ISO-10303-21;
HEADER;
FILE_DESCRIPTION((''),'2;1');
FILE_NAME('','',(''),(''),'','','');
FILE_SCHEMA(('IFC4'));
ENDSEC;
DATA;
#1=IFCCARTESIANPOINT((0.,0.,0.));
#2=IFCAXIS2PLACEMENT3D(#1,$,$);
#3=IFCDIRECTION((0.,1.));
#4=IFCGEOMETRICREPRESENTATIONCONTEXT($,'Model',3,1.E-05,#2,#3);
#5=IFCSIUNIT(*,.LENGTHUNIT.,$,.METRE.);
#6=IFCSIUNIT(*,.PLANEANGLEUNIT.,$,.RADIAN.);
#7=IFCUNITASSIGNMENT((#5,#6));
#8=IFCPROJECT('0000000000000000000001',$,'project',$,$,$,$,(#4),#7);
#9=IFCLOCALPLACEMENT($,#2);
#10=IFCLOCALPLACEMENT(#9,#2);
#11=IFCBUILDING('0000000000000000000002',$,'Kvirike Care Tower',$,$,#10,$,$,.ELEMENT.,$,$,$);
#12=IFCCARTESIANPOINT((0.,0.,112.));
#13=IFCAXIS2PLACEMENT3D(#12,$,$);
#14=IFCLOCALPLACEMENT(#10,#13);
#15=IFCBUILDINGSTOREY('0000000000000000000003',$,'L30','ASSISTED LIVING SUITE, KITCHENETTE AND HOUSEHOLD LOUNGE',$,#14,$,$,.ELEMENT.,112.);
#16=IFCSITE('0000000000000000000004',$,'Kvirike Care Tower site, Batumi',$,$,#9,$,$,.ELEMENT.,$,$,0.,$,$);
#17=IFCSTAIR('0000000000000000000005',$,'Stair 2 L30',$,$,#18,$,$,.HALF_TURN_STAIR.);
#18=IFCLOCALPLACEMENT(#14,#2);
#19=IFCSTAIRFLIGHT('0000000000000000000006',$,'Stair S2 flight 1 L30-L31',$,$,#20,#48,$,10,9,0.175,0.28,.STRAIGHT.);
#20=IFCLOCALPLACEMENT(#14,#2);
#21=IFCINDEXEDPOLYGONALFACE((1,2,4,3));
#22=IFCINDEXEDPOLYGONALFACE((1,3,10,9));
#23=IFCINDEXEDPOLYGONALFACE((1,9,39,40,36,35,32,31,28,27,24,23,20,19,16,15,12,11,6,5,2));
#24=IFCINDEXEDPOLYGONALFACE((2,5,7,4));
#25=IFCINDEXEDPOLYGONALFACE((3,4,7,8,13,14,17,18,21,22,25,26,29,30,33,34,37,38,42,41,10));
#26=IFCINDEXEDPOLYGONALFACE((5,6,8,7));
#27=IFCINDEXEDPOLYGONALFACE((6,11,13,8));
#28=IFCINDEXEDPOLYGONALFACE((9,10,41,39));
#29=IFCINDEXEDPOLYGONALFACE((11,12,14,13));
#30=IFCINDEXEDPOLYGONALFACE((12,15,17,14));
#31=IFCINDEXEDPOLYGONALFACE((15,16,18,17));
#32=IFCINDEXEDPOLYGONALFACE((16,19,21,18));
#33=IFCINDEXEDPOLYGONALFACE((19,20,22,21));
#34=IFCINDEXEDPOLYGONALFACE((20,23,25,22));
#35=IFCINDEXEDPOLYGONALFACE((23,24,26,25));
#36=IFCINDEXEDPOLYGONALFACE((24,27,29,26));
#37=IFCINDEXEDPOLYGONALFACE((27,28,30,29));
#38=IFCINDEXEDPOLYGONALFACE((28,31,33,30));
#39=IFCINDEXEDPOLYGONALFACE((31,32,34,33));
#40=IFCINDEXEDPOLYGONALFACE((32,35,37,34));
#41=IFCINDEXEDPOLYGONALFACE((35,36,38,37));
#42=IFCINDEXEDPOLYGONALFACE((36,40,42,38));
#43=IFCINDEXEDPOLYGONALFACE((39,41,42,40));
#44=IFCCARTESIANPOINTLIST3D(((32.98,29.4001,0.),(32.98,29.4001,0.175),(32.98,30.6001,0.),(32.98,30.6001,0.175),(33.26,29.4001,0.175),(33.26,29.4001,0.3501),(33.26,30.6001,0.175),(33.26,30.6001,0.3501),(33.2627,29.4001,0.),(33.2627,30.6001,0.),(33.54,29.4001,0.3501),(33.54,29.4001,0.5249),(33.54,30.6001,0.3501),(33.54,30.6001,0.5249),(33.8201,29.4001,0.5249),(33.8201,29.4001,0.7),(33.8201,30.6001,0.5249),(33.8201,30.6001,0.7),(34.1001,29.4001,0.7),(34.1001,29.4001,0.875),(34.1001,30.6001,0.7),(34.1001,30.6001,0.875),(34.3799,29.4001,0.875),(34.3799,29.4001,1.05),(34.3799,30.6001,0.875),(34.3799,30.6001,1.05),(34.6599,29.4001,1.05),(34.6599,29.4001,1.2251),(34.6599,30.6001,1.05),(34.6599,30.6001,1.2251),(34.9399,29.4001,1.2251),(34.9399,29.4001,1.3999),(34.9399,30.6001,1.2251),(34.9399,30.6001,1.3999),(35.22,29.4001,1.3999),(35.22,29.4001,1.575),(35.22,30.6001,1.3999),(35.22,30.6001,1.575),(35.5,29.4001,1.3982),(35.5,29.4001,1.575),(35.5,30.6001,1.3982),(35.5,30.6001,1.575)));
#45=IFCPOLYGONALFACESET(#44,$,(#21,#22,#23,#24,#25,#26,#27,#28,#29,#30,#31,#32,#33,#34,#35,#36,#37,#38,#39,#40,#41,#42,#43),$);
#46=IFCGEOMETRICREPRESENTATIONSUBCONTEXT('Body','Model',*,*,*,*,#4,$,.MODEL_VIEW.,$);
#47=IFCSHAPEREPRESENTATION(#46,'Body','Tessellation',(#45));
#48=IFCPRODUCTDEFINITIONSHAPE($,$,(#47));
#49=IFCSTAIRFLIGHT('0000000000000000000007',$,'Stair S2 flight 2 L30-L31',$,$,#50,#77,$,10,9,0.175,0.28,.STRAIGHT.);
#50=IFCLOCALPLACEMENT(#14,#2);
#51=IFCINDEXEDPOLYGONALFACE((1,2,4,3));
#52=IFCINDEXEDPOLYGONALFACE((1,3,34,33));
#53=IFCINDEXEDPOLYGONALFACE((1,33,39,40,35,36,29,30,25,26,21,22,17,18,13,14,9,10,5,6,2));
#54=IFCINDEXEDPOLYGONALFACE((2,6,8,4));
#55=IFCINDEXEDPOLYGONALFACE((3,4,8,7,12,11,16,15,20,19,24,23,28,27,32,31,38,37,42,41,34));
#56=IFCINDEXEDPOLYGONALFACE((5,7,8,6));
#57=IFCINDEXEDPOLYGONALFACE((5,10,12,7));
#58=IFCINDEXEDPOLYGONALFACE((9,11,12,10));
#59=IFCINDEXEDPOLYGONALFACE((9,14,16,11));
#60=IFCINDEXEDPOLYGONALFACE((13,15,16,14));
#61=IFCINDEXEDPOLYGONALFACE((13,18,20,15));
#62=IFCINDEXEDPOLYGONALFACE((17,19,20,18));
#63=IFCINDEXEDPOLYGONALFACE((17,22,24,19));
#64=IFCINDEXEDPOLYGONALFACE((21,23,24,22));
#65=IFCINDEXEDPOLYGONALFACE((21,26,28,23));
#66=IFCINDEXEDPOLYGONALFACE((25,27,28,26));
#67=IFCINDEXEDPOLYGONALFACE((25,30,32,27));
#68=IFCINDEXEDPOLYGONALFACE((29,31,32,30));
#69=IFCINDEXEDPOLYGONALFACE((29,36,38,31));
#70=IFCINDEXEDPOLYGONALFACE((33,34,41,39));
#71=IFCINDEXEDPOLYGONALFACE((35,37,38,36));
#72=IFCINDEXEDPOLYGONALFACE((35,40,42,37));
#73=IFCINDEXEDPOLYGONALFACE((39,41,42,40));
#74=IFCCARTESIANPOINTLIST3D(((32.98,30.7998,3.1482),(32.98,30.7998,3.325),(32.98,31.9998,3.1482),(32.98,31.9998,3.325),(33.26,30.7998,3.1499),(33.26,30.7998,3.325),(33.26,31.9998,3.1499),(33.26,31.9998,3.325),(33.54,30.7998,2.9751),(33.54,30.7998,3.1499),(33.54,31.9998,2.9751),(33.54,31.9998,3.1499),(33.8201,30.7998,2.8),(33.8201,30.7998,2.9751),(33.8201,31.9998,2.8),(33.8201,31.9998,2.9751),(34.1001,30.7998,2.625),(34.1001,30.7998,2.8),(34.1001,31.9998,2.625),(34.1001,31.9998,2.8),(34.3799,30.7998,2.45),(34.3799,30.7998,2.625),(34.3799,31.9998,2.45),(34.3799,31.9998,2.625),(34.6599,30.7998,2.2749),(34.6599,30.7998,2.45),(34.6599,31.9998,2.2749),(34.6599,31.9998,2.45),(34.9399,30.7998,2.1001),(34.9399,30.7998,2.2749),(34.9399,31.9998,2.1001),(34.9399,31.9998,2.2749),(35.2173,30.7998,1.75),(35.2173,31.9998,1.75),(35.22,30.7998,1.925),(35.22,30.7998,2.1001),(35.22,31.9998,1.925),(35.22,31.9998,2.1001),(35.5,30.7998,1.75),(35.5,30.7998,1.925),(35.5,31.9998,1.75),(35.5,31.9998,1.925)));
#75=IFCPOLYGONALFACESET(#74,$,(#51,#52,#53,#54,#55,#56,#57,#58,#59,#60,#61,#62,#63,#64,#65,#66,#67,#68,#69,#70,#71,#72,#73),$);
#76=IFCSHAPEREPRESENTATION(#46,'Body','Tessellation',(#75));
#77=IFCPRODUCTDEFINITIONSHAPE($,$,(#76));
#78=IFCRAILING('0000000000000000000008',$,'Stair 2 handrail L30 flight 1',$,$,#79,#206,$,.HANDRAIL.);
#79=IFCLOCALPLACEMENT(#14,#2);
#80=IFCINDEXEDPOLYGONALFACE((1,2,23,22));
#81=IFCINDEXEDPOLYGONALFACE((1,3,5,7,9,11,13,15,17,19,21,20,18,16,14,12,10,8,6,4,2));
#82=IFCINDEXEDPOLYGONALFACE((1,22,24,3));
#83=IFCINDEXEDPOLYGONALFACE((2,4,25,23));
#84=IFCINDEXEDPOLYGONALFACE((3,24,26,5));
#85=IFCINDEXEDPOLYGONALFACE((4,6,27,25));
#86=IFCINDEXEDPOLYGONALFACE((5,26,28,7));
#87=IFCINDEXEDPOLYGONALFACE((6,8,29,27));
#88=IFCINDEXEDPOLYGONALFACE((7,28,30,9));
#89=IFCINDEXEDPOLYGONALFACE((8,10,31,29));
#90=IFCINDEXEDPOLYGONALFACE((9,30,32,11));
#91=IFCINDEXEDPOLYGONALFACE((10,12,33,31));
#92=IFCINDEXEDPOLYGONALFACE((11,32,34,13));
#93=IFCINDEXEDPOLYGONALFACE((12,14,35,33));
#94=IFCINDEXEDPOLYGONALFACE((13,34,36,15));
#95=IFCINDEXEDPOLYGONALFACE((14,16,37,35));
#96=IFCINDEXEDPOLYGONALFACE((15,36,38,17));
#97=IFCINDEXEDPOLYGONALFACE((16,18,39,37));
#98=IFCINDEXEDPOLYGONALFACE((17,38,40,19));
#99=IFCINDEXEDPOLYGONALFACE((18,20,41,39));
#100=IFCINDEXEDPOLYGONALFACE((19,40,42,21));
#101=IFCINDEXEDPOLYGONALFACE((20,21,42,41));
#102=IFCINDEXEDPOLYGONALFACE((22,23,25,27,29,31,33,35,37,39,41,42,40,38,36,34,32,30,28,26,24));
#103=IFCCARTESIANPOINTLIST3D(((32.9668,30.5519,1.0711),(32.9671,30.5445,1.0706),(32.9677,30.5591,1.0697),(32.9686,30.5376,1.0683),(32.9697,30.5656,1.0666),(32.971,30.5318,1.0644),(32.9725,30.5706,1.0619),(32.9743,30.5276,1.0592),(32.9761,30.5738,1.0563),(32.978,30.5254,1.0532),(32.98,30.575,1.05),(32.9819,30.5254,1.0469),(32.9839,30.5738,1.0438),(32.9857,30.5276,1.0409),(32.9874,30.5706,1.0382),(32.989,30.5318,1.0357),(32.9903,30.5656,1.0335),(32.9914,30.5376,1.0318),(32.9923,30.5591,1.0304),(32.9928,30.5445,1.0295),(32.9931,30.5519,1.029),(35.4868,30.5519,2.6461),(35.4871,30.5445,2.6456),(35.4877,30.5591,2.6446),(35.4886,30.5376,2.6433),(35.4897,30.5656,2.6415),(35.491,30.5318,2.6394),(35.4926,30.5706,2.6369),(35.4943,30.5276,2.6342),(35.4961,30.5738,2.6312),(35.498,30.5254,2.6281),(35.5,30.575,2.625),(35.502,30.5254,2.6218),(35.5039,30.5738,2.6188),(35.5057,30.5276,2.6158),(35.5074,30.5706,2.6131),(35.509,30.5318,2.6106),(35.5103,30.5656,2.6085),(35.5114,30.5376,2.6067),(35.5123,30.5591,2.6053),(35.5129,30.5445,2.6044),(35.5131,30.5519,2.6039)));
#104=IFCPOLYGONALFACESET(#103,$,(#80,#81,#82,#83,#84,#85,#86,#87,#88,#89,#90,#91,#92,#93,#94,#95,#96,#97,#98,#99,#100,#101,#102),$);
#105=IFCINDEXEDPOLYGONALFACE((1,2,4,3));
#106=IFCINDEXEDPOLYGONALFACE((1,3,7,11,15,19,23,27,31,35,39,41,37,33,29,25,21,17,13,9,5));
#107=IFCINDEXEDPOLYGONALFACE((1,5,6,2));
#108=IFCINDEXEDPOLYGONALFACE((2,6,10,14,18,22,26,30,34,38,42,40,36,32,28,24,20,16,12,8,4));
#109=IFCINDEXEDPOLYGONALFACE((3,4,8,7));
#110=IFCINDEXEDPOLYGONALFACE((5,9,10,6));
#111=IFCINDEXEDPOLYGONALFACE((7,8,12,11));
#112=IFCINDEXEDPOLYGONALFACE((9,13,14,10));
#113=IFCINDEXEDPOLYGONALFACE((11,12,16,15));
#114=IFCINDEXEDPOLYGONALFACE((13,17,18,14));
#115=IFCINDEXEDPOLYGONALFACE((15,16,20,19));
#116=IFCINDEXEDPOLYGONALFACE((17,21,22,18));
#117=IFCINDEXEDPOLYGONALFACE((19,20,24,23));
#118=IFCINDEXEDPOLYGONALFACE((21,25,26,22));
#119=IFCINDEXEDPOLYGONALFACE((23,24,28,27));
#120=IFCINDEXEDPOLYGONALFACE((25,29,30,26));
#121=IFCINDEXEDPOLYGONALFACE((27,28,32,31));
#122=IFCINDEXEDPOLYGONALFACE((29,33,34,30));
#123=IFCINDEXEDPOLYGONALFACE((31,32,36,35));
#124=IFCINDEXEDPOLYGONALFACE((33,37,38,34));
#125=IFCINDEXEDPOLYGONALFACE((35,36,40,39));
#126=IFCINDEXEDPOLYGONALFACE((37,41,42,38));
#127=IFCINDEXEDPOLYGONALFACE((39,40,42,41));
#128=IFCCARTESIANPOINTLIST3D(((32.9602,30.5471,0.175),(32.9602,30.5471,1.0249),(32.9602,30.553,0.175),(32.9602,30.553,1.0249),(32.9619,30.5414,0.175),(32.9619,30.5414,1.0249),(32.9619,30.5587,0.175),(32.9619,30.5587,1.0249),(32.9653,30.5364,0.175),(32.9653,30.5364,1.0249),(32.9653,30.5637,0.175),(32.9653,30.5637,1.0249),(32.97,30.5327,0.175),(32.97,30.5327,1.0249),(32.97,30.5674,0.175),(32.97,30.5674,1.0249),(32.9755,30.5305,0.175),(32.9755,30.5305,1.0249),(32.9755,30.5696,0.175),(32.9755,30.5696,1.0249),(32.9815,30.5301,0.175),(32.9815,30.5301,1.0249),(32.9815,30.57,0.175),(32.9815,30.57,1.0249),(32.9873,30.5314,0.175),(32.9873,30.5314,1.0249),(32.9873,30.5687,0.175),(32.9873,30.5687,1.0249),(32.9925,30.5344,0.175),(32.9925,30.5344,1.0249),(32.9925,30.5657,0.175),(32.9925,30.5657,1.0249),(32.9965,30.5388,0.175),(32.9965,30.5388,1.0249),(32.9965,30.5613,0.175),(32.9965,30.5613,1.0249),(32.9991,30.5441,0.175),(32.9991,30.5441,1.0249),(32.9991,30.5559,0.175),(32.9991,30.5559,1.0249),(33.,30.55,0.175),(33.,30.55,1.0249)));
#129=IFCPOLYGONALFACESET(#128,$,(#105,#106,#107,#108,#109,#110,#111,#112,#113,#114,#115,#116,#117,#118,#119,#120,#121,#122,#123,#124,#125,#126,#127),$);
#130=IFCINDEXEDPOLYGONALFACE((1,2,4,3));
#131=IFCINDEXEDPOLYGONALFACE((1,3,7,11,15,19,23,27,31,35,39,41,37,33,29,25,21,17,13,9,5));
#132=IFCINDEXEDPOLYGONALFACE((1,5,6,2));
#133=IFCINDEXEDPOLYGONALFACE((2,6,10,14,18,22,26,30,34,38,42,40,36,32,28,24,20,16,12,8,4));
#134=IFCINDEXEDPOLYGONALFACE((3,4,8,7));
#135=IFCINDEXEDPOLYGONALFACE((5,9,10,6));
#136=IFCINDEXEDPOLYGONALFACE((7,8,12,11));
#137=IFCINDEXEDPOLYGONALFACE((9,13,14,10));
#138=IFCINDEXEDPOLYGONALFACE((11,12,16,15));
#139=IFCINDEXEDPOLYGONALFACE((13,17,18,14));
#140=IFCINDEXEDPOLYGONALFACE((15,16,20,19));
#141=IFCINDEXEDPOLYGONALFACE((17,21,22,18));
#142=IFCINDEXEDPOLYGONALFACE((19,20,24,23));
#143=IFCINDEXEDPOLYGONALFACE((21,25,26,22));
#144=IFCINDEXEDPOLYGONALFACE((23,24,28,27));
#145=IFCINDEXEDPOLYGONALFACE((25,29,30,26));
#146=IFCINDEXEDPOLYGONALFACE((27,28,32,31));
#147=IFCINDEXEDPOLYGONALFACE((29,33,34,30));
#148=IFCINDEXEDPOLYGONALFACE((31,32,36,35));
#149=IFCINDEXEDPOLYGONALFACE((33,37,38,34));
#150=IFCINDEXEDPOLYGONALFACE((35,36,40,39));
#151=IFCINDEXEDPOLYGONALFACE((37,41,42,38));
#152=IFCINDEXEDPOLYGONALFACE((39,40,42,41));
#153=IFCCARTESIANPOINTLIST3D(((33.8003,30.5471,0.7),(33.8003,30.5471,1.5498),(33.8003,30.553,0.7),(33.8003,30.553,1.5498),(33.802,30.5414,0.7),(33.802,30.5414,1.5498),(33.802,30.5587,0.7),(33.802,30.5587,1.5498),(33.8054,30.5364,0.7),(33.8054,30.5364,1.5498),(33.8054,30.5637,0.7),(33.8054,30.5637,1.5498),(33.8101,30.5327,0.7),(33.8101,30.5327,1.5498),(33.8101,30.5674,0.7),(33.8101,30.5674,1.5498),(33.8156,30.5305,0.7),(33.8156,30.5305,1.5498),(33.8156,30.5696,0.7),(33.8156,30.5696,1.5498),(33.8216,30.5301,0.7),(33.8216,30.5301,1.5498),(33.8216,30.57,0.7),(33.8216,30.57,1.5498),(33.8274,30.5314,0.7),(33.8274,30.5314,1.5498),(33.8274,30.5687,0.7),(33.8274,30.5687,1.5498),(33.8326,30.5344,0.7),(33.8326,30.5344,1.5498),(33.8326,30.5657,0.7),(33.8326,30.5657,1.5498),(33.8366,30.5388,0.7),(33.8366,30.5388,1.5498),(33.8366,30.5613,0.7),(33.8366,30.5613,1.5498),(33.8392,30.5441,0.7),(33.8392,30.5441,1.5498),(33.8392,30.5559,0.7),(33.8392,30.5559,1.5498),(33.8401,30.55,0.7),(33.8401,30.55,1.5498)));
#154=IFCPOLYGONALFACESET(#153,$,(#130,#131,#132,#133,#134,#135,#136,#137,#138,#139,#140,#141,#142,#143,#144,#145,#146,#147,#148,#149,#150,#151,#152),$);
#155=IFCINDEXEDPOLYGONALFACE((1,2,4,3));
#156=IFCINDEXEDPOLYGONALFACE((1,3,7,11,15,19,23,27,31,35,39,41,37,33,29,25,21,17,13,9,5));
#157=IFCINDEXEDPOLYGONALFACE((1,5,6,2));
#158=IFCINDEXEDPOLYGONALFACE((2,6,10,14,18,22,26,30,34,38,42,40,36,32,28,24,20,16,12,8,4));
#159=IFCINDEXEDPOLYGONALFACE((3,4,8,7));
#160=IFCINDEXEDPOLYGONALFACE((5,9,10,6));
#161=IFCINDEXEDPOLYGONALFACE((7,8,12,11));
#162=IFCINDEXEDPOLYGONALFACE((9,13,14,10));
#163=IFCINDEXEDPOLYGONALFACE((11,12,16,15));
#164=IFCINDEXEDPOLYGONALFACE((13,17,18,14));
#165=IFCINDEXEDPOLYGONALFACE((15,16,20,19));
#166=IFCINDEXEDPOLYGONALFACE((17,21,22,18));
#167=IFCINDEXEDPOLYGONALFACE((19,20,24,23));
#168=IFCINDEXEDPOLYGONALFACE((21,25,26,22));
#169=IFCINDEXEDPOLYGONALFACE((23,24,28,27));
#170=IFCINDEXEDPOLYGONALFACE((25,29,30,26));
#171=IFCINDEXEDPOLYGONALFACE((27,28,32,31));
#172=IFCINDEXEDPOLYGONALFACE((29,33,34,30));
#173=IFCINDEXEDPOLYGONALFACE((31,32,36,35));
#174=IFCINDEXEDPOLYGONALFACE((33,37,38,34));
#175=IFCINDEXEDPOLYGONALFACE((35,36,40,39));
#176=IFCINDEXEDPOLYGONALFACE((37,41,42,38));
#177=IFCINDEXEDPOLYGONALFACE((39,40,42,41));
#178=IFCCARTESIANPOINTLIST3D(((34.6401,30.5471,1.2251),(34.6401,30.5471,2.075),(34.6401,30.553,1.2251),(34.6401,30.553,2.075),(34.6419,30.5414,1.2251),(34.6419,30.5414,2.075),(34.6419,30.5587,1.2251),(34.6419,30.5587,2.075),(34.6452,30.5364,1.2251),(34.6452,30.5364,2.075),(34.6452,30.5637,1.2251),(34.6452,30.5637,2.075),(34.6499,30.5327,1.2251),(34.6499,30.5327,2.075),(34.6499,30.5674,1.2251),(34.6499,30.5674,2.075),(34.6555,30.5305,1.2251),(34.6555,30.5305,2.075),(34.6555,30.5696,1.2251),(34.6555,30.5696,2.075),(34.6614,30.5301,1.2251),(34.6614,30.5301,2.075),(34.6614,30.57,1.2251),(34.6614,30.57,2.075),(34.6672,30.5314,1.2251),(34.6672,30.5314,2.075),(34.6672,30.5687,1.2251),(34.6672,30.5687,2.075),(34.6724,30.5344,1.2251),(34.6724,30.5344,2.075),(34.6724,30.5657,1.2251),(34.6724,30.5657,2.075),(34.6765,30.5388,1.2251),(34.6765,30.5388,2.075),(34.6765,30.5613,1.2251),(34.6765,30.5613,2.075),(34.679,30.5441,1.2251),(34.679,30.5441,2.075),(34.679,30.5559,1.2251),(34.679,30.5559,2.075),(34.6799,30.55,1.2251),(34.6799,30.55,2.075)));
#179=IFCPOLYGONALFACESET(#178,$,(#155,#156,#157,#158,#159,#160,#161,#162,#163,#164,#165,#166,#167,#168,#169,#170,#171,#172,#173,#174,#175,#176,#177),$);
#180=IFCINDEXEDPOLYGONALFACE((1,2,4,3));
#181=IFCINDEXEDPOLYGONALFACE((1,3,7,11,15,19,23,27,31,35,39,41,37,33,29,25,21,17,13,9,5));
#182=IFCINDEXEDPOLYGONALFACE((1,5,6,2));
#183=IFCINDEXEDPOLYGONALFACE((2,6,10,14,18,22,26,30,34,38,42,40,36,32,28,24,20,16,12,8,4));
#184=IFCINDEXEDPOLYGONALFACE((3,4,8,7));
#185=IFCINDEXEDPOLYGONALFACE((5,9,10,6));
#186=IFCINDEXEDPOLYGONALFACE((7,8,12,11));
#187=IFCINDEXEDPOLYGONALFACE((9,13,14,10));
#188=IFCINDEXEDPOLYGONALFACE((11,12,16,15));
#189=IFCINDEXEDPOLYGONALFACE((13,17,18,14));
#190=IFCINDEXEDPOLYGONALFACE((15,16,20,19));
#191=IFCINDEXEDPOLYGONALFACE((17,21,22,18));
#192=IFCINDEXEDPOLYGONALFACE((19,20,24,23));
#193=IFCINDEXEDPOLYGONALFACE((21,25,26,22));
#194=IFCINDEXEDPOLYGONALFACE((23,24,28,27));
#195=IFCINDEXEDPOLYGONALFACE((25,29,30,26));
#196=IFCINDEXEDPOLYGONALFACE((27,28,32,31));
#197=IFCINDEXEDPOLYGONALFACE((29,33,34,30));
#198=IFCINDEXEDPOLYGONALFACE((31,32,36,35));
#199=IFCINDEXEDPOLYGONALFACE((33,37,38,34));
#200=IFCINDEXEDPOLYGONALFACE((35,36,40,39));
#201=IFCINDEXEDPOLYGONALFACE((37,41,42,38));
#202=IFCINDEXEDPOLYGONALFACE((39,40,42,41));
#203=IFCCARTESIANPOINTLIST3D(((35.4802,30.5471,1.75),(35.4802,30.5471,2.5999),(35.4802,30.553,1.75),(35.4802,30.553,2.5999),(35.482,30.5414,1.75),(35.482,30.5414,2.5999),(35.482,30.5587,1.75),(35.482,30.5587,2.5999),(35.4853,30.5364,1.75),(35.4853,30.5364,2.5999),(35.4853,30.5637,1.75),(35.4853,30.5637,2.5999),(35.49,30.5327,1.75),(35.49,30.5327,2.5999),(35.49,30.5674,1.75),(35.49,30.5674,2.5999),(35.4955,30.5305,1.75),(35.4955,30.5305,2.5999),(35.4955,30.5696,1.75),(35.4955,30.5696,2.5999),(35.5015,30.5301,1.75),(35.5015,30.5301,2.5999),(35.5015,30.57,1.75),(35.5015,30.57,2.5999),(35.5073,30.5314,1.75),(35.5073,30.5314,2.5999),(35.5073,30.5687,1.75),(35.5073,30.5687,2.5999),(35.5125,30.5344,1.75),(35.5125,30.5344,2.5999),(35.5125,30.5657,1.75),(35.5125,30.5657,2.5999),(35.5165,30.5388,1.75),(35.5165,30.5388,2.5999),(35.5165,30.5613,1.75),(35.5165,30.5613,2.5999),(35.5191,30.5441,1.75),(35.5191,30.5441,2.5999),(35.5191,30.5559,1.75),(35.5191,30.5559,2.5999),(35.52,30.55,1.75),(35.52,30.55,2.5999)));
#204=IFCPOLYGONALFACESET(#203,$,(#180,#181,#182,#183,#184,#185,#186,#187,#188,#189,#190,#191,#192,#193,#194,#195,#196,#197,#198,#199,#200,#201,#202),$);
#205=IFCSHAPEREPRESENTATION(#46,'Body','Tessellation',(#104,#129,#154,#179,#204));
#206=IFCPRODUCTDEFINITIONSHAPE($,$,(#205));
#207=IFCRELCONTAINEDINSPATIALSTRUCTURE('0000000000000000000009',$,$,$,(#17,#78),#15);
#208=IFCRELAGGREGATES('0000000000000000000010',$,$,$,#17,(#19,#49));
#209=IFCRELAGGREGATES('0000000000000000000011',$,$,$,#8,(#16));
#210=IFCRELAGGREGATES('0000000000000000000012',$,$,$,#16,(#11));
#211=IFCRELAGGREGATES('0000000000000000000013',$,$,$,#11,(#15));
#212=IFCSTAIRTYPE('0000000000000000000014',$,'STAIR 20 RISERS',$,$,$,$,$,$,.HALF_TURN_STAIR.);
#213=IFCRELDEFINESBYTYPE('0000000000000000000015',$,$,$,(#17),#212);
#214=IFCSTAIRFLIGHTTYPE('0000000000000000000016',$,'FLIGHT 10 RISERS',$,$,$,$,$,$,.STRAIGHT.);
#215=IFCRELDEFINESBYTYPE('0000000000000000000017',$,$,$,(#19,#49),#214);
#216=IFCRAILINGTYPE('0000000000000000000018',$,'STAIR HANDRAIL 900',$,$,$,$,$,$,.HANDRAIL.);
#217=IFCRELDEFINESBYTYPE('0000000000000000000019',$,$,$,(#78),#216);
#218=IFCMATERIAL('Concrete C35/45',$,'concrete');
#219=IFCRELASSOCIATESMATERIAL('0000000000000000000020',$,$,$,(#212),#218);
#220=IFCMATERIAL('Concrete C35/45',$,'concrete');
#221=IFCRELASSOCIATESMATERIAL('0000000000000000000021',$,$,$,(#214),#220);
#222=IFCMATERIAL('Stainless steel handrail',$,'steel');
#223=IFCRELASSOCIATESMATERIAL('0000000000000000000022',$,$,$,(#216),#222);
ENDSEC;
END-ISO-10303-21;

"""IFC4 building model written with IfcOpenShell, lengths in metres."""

from ifc_helpers import new_model, si_unit, direction, frame, origin, origin_2d, place, context, subcontext, project, spatial, polyline, circle, outline, extrude, material, type_object, element, aggregate, save


model = new_model("IFC4")

# Units and contexts
model_context = context("Model", 3, precision=1e-05, world=origin(), true_north=direction((0.0, 1.0)))
body_context = subcontext(model_context, "Body", "Model", "MODEL_VIEW")
ifc_project = project(units=[si_unit("LENGTHUNIT", "METRE"), si_unit("PLANEANGLEUNIT", "RADIAN")], contexts=[model_context])

# Site, building, storey
site_placement = place(None, origin())
site = spatial("IfcSite", under=ifc_project, at=site_placement, Name="Kvirike Care Tower site, Batumi", CompositionType="ELEMENT", RefElevation=0.0)
building_placement = place(site_placement, origin())
building = spatial("IfcBuilding", under=site, at=building_placement, Name="Kvirike Care Tower", CompositionType="ELEMENT")
storey_placement = place(building_placement, frame((0.0, 0.0, 112.0)))
storey = spatial("IfcBuildingStorey", under=building, at=storey_placement, Name="L30", Description="ASSISTED LIVING SUITE, KITCHENETTE AND HOUSEHOLD LOUNGE", CompositionType="ELEMENT", Elevation=112.0)

# Stair, stair flights
ifc_material_1 = material(Name="Concrete C35/45", Category="concrete")
stair_type = type_object("IfcStairType", Name="STAIR 20 RISERS", PredefinedType="HALF_TURN_STAIR", material=ifc_material_1)
stair_placement = place(storey_placement, origin())
stair = element("IfcStair", 1, at=stair_placement, inside=storey, type_object=stair_type, Name="Stair 2 L30", PredefinedType="HALF_TURN_STAIR")
ifc_material_2 = material(Name="Concrete C35/45", Category="concrete")
stair_flight_type = type_object("IfcStairFlightType", Name="FLIGHT 10 RISERS", PredefinedType="STRAIGHT", material=ifc_material_2)
stair_flight_1_placement = place(storey_placement, frame((32.98, 30.0, 0.0), z_axis=(0.0, 0.0, 1.0), x_axis=(1.0, 0.0, 0.0)))
stair_flight_1 = element("IfcStairFlight", 2, at=stair_flight_1_placement, type_object=stair_flight_type, Name="Stair S2 flight 1 L30-L31", NumberOfRisers=10, NumberOfTreads=9, PredefinedType="STRAIGHT", RiserHeight=0.175, TreadLength=0.28, context=body_context, shape_type="SweptSolid", body=[
    extrude(outline(polyline([(0.0, 0.0), (0.0, 0.175), (0.28, 0.175), (0.28, 0.3501), (0.5601, 0.3501), (0.5601, 0.5249), (0.8401, 0.5249), (0.8401, 0.7), (1.1201, 0.7), (1.1201, 0.875), (1.3999, 0.875), (1.3999, 1.05), (1.6799, 1.05), (1.6799, 1.2251), (1.96, 1.2251), (1.96, 1.3999), (2.24, 1.3999), (2.24, 1.575), (2.52, 1.575), (2.52, 1.75), (2.52, 1.3982), (0.2827, 0.0), (0.0, 0.0)])), frame((0.0, 0.6001, 0.0), z_axis=(0.0, -1.0, 0.0), x_axis=(1.0, 0.0, 0.0)), (0.0, 0.0, 1.0), 1.2),
])
stair_flight_2_placement = place(storey_placement, frame((35.5, 31.3999, 1.75), z_axis=(0.0, 0.0, 1.0), x_axis=(-1.0, 0.0, 0.0)))
stair_flight_2 = element("IfcStairFlight", 3, at=stair_flight_2_placement, type_object=stair_flight_type, Name="Stair S2 flight 2 L30-L31", NumberOfRisers=10, NumberOfTreads=9, PredefinedType="STRAIGHT", RiserHeight=0.175, TreadLength=0.28, context=body_context, shape_type="SweptSolid", body=[
    extrude(outline(polyline([(0.0, 0.0), (0.0, 0.175), (0.28, 0.175), (0.28, 0.3501), (0.5601, 0.3501), (0.5601, 0.5249), (0.8401, 0.5249), (0.8401, 0.7), (1.1201, 0.7), (1.1201, 0.875), (1.3999, 0.875), (1.3999, 1.05), (1.6799, 1.05), (1.6799, 1.2251), (1.96, 1.2251), (1.96, 1.3999), (2.24, 1.3999), (2.24, 1.575), (2.52, 1.575), (2.52, 1.75), (2.52, 1.3982), (0.2827, 0.0), (0.0, 0.0)])), frame((0.0, 0.6001, 0.0), z_axis=(0.0, -1.0, 0.0), x_axis=(1.0, 0.0, 0.0)), (0.0, 0.0, 1.0), 1.2),
])
aggregate(stair, [stair_flight_1, stair_flight_2])

# Railing
ifc_material_3 = material(Name="Stainless steel handrail", Category="steel")
railing_type = type_object("IfcRailingType", Name="STAIR HANDRAIL 900", PredefinedType="HANDRAIL", material=ifc_material_3)
railing_1_placement = place(storey_placement, frame((32.98, 30.55, 0.175)))
element("IfcRailing", 4, at=railing_1_placement, inside=storey, type_object=railing_type, Name="Stair 2 handrail L30 flight 1", PredefinedType="HANDRAIL", context=body_context, shape_type="SweptSolid", body=[
    extrude(circle(Radius=0.0249, at=origin_2d()), frame((0.0, 0.0, 0.875), z_axis=(0.848008, 0.0, 0.529984), x_axis=(0.0, 1.0, 0.0)), (0.0, 0.0, 1.0), 2.9717),
    extrude(circle(Radius=0.02, at=origin_2d()), origin(), (0.0, 0.0, 1.0), 0.8499),
    extrude(circle(Radius=0.02, at=origin_2d()), frame((0.8401, 0.0, 0.5249)), (0.0, 0.0, 1.0), 0.8499),
    extrude(circle(Radius=0.02, at=origin_2d()), frame((1.6799, 0.0, 1.05)), (0.0, 0.0, 1.0), 0.8499),
    extrude(circle(Radius=0.02, at=origin_2d()), frame((2.52, 0.0, 1.575)), (0.0, 0.0, 1.0), 0.8499),
])

save(model, "model.ifc")
